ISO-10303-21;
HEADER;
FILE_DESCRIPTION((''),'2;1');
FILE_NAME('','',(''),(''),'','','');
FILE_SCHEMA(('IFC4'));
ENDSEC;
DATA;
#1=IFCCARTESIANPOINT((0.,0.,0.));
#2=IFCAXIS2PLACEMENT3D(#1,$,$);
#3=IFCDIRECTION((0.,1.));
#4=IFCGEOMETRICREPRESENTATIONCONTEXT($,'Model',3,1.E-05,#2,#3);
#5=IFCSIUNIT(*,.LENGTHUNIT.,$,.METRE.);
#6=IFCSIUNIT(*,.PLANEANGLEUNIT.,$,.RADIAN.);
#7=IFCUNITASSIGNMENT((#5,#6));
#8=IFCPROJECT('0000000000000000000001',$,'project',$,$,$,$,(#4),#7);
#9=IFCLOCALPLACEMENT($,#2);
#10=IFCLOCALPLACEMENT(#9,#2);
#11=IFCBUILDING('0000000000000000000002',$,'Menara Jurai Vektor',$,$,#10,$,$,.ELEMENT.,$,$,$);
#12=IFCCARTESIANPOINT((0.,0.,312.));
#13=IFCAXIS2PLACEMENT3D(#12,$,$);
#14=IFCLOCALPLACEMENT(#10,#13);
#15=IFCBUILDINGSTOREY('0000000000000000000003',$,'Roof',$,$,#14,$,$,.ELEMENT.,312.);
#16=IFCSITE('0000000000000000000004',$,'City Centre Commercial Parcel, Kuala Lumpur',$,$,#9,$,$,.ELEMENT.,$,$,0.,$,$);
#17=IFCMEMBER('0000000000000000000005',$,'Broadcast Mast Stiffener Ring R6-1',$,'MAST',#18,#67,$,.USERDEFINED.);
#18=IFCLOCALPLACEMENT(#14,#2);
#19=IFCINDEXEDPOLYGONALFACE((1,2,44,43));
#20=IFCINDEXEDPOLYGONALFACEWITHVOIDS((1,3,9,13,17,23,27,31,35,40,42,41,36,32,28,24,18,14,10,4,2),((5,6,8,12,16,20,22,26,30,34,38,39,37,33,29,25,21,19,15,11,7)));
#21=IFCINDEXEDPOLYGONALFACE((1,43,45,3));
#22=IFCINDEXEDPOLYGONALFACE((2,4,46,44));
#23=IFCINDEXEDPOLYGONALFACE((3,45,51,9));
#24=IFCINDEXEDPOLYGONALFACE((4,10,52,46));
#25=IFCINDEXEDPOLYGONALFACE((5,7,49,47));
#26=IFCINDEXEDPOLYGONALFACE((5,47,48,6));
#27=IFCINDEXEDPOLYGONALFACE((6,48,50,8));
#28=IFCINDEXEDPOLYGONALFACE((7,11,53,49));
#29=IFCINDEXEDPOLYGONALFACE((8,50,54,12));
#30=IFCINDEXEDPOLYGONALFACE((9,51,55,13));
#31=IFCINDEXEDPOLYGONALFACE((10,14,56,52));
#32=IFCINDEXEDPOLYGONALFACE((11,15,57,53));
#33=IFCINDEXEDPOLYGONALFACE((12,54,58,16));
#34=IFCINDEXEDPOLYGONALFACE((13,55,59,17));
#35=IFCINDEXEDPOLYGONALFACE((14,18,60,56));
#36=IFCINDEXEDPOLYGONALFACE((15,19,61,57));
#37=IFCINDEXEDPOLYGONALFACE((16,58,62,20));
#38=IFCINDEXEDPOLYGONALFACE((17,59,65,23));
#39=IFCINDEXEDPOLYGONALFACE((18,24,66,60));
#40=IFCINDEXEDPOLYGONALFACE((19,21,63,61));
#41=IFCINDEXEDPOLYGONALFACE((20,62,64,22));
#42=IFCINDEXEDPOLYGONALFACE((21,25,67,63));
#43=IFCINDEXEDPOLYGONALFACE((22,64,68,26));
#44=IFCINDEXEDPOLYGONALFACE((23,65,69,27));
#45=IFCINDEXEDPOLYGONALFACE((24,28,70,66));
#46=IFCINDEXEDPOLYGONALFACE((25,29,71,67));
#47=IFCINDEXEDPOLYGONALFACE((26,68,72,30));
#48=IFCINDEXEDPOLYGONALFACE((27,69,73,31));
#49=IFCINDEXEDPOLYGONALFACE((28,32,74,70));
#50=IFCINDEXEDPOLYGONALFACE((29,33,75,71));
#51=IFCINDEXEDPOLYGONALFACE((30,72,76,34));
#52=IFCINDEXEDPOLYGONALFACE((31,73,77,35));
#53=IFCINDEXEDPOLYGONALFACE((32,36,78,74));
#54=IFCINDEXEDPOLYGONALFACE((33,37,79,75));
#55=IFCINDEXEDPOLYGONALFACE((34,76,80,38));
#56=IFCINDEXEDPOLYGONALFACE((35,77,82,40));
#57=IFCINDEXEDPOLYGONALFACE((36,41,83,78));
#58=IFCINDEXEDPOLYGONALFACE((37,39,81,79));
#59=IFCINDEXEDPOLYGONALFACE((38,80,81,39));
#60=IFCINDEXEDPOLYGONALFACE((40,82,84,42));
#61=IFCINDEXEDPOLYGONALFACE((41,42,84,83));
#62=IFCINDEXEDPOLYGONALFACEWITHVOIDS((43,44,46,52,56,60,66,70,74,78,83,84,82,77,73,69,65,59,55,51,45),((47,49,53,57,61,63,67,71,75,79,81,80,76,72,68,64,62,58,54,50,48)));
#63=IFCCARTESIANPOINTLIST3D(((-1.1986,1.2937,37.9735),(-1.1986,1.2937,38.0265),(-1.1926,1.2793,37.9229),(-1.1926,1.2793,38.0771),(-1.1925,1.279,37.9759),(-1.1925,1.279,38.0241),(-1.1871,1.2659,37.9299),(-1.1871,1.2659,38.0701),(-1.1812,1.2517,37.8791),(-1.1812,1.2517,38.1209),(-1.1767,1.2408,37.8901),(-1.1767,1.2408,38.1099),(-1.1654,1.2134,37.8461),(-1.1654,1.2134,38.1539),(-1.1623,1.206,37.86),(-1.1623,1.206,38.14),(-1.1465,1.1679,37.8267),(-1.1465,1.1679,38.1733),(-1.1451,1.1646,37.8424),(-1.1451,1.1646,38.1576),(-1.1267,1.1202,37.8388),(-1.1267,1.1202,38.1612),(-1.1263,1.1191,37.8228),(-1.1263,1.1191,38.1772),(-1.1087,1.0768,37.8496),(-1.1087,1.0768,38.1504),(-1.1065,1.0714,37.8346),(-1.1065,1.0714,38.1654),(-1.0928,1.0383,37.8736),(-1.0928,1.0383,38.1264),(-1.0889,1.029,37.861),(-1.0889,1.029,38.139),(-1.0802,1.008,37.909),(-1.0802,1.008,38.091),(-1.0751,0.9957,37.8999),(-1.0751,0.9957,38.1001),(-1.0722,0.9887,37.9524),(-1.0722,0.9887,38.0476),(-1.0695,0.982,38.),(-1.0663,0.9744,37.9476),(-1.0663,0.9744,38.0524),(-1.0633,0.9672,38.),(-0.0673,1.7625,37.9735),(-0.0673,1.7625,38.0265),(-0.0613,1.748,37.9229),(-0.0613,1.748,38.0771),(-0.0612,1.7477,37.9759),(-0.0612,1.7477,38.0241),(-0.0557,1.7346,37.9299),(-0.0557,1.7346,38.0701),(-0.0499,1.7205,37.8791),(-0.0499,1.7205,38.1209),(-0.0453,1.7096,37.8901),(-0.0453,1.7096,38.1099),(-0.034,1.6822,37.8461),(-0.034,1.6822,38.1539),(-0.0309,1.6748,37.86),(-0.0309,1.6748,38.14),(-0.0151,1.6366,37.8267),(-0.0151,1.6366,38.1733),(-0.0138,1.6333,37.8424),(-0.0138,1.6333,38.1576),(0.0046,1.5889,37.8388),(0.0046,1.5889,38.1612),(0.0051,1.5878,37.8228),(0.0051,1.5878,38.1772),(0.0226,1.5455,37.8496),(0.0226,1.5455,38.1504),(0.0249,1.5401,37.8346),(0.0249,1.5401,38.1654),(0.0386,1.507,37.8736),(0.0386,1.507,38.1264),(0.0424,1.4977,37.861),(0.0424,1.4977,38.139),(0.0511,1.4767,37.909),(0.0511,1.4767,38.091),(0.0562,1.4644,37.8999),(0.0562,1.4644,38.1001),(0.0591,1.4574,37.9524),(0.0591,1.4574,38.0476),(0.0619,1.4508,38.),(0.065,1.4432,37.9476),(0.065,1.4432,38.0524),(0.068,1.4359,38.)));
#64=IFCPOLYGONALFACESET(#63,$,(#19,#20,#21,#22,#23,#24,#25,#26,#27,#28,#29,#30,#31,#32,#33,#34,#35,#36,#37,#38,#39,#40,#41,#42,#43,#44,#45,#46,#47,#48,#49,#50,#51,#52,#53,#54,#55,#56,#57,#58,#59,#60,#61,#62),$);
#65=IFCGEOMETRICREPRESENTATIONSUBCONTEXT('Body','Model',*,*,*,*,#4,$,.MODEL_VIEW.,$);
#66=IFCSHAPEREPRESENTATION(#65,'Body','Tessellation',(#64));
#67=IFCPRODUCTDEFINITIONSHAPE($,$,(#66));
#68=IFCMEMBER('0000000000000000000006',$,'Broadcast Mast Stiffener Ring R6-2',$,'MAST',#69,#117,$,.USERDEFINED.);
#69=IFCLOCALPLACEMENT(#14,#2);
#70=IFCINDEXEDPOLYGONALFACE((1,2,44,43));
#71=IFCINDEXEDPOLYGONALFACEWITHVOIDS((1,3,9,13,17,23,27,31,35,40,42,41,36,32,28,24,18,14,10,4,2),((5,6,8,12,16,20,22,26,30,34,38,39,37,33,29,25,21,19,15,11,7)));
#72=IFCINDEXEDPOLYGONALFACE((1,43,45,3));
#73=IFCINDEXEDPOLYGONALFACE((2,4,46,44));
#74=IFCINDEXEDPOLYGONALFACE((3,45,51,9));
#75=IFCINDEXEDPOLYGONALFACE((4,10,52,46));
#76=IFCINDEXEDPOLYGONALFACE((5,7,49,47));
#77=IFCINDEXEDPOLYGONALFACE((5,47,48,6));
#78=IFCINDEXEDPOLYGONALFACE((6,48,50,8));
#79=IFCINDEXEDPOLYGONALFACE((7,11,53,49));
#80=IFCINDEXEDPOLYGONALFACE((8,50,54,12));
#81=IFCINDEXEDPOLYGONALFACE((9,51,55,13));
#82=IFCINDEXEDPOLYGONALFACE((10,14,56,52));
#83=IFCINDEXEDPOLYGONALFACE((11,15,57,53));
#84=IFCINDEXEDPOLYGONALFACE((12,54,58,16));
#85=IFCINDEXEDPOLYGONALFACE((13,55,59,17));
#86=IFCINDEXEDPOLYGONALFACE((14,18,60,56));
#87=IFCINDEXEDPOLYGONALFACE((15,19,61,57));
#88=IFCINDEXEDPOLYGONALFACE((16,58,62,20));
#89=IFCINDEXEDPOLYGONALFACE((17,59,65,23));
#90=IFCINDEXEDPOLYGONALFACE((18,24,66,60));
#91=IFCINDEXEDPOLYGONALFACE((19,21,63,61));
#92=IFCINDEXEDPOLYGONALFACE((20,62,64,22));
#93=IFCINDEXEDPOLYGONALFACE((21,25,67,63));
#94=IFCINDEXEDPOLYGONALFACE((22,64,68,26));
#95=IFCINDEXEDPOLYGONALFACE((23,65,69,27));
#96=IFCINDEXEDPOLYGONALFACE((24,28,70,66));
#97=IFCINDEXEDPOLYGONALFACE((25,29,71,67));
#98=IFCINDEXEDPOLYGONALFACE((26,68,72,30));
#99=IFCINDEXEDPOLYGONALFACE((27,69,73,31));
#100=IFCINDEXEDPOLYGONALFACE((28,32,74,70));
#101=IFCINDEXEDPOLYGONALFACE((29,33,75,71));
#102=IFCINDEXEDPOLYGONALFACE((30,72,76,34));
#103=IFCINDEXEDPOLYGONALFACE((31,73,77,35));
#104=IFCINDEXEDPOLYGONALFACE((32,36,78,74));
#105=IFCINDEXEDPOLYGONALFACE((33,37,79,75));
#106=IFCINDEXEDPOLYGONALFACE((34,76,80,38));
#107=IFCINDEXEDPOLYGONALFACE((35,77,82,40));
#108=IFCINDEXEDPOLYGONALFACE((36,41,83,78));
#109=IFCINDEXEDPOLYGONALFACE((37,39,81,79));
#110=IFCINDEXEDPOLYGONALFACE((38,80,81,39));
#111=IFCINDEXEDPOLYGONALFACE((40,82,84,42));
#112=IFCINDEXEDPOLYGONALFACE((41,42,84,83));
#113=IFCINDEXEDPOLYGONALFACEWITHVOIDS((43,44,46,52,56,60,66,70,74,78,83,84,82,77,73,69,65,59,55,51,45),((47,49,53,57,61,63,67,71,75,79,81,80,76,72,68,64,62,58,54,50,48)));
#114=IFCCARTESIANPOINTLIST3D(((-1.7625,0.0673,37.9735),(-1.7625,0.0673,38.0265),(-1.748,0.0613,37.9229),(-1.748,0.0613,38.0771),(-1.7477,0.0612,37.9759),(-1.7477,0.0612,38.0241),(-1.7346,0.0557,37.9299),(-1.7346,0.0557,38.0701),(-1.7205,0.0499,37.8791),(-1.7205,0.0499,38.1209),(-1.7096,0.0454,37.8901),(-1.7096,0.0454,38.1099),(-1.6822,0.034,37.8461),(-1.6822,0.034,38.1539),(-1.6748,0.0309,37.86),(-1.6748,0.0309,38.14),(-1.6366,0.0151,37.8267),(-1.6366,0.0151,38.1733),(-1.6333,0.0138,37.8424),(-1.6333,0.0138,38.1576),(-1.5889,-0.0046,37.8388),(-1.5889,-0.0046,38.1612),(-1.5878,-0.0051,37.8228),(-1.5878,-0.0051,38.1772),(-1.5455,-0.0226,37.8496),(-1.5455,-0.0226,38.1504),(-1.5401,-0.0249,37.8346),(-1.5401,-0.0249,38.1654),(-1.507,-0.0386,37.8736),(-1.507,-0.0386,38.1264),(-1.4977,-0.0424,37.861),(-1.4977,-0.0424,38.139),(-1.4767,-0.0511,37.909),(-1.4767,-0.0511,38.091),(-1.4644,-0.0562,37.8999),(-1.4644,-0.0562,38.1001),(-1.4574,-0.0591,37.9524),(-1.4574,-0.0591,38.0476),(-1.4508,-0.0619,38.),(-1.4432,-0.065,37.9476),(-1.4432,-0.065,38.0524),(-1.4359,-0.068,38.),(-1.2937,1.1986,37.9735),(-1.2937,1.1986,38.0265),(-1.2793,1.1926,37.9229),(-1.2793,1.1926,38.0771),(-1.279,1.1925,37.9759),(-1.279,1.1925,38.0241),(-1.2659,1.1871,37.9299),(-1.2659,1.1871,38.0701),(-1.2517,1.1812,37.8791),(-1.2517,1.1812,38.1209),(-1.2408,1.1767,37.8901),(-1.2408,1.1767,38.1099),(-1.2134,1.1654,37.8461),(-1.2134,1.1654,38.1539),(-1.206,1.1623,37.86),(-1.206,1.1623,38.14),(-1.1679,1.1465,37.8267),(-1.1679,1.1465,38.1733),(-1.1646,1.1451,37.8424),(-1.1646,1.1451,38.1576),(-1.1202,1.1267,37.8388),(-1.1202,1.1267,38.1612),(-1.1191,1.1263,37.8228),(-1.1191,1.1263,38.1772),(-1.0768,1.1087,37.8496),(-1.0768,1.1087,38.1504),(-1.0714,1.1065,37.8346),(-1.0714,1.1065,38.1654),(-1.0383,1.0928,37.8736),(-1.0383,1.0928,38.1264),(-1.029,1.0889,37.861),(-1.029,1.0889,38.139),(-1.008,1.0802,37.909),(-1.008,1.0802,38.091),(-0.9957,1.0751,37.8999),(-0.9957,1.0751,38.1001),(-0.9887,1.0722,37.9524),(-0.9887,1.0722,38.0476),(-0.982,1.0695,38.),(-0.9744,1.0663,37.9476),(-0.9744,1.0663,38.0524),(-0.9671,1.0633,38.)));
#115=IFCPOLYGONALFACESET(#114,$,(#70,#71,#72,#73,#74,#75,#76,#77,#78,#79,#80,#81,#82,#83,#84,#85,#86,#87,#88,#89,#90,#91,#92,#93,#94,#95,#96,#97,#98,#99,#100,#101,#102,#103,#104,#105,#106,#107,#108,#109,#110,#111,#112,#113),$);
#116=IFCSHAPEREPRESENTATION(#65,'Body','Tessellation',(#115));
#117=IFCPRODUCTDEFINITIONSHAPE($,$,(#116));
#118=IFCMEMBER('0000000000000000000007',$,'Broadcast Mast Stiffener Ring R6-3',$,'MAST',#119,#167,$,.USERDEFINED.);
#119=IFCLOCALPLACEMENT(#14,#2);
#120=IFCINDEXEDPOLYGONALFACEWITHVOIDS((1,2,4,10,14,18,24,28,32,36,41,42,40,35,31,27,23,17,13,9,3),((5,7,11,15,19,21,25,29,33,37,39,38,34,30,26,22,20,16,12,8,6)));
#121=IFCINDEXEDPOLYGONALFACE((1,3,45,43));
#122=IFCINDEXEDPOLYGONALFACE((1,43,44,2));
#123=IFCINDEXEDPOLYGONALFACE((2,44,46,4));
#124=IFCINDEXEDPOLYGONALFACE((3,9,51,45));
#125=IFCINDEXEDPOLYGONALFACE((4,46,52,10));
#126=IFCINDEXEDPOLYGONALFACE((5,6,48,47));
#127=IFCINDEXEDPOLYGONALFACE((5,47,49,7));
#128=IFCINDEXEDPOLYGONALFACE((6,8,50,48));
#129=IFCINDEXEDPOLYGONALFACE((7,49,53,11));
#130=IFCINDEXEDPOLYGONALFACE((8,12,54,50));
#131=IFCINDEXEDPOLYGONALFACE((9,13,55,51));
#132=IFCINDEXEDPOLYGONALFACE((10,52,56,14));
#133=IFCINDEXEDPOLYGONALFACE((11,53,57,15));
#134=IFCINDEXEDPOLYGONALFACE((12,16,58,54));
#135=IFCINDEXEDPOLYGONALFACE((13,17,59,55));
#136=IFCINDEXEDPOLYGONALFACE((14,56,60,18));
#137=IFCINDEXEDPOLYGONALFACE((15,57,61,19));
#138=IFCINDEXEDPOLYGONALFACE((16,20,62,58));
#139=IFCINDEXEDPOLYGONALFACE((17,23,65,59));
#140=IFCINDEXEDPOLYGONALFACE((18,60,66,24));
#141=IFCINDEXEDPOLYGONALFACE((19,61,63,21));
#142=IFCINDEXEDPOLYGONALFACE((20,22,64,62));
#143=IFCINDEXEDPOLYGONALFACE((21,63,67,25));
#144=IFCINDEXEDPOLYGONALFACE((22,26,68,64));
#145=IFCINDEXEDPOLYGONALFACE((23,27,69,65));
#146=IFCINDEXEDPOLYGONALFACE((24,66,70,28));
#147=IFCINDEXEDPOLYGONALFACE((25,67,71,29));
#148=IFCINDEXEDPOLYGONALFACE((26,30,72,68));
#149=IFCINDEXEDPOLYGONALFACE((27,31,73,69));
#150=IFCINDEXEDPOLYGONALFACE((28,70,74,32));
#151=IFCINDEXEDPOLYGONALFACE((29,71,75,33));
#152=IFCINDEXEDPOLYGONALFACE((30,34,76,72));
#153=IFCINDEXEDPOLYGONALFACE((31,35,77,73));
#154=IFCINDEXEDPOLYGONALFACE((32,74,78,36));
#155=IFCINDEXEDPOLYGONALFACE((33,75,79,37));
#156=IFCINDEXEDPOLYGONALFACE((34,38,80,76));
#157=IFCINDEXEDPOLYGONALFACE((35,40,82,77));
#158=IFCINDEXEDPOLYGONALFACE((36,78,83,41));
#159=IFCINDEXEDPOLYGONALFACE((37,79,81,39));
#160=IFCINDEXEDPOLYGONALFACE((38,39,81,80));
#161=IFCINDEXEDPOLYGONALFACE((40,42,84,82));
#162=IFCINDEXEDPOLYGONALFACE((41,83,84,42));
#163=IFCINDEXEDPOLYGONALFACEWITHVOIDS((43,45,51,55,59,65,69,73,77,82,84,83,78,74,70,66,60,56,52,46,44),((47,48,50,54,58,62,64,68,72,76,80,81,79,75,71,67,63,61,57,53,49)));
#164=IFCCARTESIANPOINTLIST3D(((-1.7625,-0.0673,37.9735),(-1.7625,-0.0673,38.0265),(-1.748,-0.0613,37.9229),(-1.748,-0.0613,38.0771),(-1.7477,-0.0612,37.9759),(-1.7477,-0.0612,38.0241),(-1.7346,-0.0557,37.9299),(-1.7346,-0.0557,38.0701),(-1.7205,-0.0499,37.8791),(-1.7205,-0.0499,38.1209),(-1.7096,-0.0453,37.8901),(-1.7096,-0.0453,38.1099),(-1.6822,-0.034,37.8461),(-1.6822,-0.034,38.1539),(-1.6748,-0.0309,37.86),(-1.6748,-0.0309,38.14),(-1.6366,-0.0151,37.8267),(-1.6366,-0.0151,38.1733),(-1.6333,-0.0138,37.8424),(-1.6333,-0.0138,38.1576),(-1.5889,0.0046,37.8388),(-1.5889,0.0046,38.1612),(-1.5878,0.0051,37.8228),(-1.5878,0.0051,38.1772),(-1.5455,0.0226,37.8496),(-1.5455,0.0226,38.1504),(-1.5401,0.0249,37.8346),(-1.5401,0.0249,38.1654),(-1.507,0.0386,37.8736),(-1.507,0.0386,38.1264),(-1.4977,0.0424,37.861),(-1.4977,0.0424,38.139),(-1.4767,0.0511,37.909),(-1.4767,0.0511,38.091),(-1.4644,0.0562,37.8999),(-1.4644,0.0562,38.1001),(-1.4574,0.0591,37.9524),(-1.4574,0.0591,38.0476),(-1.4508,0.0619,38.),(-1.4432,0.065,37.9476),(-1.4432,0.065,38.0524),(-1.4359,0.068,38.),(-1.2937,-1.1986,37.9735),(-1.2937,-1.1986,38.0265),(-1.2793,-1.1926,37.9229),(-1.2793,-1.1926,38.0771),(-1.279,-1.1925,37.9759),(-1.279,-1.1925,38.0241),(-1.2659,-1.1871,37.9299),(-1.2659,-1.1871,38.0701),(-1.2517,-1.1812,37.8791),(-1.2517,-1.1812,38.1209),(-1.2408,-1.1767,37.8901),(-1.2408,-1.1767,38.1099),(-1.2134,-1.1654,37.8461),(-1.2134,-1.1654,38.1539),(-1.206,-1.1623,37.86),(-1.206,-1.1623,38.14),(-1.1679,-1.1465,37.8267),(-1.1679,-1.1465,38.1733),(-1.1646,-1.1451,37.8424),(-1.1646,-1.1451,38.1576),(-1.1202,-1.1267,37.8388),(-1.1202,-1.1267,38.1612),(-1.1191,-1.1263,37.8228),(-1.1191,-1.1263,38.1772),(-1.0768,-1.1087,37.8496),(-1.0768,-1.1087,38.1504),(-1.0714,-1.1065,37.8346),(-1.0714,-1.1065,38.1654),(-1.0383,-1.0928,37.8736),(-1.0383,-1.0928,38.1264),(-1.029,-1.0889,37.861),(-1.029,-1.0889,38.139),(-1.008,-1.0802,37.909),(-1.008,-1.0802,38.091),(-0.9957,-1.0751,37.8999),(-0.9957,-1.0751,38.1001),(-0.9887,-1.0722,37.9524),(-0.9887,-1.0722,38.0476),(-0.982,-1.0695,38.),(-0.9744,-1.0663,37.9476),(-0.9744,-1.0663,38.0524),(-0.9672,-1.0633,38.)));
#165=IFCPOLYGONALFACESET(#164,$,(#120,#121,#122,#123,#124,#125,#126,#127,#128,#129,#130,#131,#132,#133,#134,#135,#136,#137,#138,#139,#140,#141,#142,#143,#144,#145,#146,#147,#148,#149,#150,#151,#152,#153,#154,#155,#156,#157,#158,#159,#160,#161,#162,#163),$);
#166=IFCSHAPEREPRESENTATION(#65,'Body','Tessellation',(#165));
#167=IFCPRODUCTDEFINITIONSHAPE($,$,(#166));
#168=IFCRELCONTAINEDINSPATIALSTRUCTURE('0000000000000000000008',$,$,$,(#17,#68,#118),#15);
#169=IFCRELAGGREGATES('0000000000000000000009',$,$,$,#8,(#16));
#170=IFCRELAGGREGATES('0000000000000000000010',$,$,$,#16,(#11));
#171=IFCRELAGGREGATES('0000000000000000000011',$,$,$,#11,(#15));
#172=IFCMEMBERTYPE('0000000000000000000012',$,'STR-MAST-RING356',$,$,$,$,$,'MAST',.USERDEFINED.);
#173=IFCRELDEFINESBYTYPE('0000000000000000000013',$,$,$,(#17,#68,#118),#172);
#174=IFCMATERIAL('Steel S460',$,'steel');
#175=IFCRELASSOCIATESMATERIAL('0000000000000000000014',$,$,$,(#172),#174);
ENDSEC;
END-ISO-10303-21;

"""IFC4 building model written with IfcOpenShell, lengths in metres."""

from ifc_helpers import new_model, si_unit, direction, frame, origin, origin_2d, place, context, subcontext, project, spatial, hollow_circle, extrude, material, material_profile, profile_set, type_object, element, save


model = new_model("IFC4")

# Units and contexts
model_context = context("Model", 3, precision=1e-05, world=origin(), true_north=direction((0.0, 1.0)))
body_context = subcontext(model_context, "Body", "Model", "MODEL_VIEW")
ifc_project = project(units=[si_unit("LENGTHUNIT", "METRE"), si_unit("PLANEANGLEUNIT", "RADIAN")], contexts=[model_context])

# Site, building, storey
site_placement = place(None, origin())
site = spatial("IfcSite", under=ifc_project, at=site_placement, Name="City Centre Commercial Parcel, Kuala Lumpur", CompositionType="ELEMENT", RefElevation=0.0)
building_placement = place(site_placement, origin())
building = spatial("IfcBuilding", under=site, at=building_placement, Name="Menara Jurai Vektor", CompositionType="ELEMENT")
storey_placement = place(building_placement, frame((0.0, 0.0, 312.0)))
storey = spatial("IfcBuildingStorey", under=building, at=storey_placement, Name="Roof", CompositionType="ELEMENT", Elevation=312.0)

# Members
ifc_material = material(Name="Steel S460", Category="steel")
ifc_material_profile_1 = material_profile(ifc_material, hollow_circle(Radius=0.1777, WallThickness=0.0161, at=origin_2d()), Name="CHS 355.6x16")
ifc_profile_set_1 = profile_set([ifc_material_profile_1], Name="Steel S460")
member_type_1 = type_object("IfcMemberType", Name="STR-MAST-RING356", ElementType="MAST", PredefinedType="USERDEFINED", material=ifc_profile_set_1)
for number, where, z_axis, x_axis, name in (
    (1, (0.0, 1.6001, 38.0), (-0.923842, -0.382774, 0.0), (0.382774, -0.923842, 0.0), "Broadcast Mast Stiffener Ring R6-1"),
    (2, (-1.1313, 1.1313, 38.0), (-0.382774, -0.923842, 0.0), (0.923842, -0.382774, 0.0), "Broadcast Mast Stiffener Ring R6-2"),
    (3, (-1.6001, 0.0, 38.0), (0.382774, -0.923842, 0.0), (0.923842, 0.382774, 0.0), "Broadcast Mast Stiffener Ring R6-3"),
):
    element("IfcMember", number, at=place(storey_placement, frame(where, z_axis=z_axis, x_axis=x_axis)), inside=storey, type_object=member_type_1, Name=name, ObjectType="MAST", PredefinedType="USERDEFINED", context=body_context, shape_type="SweptSolid", body=[
        extrude(hollow_circle(Radius=0.1777, WallThickness=0.0161, at=origin_2d()), origin(), (0.0, 0.0, 1.0), 1.2246),
    ])

save(model, "model.ifc")
